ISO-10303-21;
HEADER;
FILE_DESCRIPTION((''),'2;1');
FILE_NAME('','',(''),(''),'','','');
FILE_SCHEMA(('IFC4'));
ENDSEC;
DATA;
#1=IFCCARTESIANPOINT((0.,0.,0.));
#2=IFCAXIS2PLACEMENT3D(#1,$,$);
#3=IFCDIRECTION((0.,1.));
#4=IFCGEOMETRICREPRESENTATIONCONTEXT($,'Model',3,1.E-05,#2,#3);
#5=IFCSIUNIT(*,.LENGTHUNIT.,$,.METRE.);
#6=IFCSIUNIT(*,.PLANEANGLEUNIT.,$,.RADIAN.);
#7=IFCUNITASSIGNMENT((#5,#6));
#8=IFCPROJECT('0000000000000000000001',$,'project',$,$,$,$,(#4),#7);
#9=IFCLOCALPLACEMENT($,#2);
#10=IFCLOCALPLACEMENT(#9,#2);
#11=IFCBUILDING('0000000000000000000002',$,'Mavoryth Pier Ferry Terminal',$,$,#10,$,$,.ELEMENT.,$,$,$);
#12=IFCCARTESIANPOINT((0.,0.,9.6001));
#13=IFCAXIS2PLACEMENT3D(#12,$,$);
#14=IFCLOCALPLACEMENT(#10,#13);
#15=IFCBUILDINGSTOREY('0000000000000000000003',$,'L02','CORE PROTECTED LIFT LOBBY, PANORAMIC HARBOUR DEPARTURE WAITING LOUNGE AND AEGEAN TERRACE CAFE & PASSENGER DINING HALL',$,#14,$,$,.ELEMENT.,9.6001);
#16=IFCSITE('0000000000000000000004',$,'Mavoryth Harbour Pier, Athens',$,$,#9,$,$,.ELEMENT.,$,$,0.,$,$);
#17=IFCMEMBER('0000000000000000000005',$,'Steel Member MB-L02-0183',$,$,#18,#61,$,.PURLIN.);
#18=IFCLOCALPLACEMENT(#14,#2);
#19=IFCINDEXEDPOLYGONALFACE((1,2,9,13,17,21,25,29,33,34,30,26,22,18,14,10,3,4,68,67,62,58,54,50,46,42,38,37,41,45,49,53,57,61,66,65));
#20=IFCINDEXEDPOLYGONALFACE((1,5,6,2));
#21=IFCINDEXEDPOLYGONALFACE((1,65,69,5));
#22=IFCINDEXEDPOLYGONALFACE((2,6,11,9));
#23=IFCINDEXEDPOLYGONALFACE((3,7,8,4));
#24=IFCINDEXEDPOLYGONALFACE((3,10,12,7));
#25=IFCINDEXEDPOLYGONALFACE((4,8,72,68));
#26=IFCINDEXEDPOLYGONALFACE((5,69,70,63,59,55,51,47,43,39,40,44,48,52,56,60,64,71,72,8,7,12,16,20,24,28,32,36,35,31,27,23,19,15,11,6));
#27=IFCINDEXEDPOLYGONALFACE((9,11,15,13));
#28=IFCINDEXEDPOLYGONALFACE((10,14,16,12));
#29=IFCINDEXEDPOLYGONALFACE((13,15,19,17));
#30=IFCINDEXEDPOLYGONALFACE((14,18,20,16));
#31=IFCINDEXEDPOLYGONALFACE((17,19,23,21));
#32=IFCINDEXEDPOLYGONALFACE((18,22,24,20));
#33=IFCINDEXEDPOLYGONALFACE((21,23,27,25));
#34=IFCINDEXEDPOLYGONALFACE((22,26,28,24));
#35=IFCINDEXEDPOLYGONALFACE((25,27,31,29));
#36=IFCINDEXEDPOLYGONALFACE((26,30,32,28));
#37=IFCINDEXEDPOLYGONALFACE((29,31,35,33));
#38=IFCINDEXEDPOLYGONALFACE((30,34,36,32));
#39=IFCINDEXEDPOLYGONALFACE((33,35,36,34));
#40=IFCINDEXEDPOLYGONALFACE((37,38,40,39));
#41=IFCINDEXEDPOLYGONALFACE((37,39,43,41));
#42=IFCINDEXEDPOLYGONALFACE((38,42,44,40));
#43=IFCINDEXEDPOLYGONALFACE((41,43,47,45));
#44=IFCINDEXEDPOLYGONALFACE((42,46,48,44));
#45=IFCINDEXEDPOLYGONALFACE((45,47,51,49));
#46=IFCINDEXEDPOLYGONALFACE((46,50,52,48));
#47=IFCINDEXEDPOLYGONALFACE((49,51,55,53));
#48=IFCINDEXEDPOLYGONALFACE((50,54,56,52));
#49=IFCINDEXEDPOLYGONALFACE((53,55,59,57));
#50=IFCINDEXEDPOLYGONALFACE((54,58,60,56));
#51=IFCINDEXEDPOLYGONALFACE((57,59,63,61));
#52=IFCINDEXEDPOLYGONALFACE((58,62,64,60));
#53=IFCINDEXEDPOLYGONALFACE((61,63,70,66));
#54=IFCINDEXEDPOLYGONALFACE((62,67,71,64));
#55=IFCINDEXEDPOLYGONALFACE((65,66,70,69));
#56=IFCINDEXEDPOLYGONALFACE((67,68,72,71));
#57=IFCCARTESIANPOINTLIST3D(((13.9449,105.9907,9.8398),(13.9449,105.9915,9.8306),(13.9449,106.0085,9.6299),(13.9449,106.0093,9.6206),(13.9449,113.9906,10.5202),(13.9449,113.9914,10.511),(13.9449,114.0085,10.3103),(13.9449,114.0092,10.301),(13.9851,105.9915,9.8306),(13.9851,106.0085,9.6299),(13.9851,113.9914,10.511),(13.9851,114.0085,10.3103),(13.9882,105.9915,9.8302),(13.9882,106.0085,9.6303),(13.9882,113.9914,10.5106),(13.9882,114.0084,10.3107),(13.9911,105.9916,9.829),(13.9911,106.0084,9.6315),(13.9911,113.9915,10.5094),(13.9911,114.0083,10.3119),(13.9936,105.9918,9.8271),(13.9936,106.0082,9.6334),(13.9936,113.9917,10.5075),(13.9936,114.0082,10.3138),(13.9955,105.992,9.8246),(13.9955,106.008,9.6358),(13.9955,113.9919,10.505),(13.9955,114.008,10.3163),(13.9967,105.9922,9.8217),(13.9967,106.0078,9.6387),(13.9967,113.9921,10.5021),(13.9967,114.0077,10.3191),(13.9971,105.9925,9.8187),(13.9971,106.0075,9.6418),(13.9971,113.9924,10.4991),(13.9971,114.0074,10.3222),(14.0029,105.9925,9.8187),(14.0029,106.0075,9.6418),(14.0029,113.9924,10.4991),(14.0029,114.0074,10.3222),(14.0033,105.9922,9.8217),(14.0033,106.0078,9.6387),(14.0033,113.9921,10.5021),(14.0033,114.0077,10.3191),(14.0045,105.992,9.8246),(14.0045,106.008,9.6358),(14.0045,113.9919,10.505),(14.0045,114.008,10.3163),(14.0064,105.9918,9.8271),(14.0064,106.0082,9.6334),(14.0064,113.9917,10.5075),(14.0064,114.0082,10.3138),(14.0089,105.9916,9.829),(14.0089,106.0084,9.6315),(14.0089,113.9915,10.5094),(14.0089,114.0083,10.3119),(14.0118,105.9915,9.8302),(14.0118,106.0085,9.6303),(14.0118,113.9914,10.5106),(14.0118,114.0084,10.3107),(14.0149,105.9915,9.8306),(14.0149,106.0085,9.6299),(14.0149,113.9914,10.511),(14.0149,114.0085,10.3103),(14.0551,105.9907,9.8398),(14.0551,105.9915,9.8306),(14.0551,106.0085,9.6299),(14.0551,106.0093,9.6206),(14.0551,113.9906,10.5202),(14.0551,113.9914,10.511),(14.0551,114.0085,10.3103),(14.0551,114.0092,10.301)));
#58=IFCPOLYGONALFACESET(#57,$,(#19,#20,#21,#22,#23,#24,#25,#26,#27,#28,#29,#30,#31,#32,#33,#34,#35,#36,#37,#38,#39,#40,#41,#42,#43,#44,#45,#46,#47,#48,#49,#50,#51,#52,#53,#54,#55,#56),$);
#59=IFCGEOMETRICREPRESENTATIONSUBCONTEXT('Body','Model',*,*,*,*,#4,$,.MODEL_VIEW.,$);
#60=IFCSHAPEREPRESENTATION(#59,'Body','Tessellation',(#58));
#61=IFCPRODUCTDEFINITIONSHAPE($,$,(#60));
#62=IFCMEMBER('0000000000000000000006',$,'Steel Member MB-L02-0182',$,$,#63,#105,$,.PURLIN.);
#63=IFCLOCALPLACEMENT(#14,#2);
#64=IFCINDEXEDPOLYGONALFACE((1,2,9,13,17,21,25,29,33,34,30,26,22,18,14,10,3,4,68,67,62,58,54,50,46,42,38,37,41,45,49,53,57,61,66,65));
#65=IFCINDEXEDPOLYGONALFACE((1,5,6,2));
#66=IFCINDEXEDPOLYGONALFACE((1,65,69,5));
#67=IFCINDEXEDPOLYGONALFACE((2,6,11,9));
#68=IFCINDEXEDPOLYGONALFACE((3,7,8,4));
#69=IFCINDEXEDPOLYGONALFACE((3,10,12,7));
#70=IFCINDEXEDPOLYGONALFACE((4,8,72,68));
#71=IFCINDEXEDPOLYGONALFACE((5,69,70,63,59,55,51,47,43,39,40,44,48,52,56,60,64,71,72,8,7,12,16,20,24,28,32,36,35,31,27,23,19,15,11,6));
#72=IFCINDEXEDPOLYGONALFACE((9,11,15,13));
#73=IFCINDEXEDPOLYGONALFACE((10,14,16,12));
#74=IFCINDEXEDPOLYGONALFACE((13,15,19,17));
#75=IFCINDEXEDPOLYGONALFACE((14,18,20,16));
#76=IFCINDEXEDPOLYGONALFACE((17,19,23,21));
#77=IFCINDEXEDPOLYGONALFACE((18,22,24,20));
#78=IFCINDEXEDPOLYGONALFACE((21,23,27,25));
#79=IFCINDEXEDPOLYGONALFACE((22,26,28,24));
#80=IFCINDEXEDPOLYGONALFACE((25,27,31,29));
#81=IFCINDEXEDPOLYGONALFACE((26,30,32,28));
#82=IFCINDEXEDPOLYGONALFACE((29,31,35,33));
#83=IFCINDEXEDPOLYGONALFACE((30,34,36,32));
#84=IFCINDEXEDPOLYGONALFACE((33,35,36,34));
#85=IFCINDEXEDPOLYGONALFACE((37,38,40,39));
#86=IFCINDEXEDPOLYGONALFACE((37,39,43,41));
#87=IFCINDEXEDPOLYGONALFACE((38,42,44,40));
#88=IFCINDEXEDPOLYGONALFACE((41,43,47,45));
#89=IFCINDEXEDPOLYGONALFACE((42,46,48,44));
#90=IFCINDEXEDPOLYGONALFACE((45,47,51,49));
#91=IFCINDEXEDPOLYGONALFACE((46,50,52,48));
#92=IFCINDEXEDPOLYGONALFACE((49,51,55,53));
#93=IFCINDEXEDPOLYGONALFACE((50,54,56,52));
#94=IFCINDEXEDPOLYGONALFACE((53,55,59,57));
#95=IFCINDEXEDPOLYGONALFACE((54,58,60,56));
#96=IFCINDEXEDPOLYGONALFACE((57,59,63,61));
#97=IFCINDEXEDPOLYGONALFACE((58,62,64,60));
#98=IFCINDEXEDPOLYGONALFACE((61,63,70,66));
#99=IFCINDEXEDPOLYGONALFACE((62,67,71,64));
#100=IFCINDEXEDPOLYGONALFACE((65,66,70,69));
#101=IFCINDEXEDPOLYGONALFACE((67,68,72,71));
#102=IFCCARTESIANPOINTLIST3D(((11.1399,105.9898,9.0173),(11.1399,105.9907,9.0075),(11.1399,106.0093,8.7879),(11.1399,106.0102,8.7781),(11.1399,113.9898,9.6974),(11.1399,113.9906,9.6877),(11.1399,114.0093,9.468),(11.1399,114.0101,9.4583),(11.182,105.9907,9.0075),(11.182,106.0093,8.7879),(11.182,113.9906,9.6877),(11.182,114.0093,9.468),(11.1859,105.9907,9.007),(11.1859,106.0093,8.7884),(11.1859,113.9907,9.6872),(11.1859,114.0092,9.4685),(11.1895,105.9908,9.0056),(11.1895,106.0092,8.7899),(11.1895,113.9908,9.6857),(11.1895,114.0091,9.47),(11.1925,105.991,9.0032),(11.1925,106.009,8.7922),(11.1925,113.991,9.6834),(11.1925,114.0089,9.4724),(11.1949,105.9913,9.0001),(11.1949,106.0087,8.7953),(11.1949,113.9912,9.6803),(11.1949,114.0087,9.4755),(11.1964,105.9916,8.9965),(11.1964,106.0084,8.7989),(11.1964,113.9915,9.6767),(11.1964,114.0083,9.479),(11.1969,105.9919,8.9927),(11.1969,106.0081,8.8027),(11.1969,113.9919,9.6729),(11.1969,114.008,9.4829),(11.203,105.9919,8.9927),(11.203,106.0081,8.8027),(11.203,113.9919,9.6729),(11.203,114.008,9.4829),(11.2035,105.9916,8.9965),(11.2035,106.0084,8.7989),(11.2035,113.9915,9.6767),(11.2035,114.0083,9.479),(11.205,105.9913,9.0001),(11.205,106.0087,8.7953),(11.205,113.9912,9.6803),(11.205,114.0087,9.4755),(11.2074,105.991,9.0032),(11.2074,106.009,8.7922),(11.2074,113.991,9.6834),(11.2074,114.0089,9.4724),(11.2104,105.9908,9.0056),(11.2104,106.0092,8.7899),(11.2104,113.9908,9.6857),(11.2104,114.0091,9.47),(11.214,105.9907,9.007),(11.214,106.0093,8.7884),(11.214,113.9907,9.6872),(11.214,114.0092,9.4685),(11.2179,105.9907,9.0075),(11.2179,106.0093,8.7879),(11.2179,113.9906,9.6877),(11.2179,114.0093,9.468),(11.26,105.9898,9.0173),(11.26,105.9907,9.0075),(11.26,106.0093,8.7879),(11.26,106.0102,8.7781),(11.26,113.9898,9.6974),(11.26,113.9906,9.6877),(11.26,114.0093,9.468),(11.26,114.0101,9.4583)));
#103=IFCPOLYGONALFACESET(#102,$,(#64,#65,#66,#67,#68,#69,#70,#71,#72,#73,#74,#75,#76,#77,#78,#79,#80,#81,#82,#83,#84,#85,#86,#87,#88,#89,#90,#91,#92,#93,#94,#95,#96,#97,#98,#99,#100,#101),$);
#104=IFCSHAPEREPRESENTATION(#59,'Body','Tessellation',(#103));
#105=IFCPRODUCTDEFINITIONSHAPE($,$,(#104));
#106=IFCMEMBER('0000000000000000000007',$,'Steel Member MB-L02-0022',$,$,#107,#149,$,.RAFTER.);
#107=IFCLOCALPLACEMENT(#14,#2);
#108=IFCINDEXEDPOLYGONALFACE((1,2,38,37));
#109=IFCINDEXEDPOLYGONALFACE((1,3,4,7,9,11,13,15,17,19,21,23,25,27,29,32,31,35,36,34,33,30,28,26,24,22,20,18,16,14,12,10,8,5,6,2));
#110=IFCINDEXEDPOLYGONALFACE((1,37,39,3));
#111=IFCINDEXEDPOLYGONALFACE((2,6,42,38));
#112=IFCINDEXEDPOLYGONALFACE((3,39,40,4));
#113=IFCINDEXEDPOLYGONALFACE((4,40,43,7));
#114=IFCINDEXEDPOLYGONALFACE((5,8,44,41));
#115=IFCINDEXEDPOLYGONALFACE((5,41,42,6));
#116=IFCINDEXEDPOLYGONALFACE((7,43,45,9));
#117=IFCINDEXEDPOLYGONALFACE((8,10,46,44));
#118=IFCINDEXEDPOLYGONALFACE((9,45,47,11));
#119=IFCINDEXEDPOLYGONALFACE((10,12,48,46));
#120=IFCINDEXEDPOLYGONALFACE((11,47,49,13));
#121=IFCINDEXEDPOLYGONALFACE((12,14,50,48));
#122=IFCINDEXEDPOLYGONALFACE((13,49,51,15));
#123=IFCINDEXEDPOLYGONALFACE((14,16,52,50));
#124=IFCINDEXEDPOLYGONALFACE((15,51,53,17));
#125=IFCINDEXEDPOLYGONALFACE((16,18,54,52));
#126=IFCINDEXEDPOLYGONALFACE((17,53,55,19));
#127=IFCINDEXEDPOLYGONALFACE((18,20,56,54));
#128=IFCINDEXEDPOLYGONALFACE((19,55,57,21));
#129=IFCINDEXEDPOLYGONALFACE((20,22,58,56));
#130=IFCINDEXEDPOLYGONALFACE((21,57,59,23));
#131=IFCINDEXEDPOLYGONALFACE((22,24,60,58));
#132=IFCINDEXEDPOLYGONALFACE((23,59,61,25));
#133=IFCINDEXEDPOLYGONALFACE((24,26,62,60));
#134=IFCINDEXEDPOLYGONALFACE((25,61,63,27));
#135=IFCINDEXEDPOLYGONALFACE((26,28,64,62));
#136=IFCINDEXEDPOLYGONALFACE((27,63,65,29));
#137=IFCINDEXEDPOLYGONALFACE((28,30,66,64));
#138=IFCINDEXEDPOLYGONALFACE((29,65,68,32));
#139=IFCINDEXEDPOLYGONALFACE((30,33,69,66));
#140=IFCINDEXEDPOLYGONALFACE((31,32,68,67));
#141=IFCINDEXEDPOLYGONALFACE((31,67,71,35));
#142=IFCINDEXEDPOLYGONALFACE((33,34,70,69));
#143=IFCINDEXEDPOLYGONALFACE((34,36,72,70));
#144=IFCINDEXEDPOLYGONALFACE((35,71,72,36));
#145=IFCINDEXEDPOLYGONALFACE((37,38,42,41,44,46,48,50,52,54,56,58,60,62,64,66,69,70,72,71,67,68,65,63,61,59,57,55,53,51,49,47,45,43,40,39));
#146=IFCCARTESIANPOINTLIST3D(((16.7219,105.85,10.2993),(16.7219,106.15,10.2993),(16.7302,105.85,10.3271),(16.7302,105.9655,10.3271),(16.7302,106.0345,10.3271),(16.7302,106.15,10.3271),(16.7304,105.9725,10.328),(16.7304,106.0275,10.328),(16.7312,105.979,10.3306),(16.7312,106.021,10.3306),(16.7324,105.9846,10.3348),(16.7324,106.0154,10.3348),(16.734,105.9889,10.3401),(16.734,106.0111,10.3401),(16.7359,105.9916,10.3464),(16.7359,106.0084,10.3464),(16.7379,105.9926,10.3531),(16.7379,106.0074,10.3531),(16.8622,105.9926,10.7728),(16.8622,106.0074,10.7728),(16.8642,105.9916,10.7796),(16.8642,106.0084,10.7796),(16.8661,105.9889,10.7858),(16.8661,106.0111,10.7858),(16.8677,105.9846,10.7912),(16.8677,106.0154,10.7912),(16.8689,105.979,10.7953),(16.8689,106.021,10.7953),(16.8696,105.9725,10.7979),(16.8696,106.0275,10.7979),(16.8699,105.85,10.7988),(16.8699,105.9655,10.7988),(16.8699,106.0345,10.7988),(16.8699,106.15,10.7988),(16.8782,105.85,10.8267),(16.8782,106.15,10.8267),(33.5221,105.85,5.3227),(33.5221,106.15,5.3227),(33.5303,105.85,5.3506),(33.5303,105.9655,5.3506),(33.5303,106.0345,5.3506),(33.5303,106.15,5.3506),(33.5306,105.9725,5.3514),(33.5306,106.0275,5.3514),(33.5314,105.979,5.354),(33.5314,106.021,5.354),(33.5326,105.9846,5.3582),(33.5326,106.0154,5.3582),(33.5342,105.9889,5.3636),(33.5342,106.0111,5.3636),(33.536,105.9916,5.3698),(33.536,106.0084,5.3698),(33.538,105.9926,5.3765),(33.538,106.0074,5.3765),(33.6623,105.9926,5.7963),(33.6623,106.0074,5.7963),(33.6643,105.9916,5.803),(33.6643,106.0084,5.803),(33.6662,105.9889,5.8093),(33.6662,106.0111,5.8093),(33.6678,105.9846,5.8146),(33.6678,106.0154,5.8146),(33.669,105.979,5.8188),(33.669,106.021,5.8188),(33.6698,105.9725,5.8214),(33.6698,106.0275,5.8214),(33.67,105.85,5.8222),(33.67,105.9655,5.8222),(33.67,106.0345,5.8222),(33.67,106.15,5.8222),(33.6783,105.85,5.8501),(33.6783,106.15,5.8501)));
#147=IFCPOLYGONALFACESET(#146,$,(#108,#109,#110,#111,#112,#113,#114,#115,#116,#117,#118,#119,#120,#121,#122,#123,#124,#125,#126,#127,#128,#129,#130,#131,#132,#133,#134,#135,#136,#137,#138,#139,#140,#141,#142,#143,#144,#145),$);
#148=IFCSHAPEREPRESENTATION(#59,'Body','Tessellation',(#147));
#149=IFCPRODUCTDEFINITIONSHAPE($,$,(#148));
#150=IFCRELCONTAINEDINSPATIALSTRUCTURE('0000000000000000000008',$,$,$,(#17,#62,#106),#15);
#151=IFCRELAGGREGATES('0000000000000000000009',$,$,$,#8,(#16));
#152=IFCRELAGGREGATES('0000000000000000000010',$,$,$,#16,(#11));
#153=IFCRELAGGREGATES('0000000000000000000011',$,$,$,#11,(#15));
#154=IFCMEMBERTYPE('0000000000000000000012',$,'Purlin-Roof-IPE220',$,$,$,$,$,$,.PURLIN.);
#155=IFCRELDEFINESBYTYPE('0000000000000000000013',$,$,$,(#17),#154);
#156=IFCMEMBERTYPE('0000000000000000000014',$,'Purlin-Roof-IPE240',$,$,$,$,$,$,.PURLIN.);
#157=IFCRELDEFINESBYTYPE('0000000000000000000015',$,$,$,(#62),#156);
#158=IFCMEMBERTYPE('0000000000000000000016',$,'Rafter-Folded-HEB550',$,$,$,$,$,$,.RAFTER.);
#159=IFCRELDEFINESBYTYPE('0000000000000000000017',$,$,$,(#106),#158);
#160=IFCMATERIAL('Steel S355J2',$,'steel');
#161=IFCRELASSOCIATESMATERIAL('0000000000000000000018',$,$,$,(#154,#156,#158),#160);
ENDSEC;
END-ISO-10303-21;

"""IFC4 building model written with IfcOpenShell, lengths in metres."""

from ifc_helpers import new_model, si_unit, direction, frame, origin, origin_2d, place, context, subcontext, project, spatial, i_section, extrude, material, material_profile, profile_set, type_object, element, save


model = new_model("IFC4")

# Units and contexts
model_context = context("Model", 3, precision=1e-05, world=origin(), true_north=direction((0.0, 1.0)))
body_context = subcontext(model_context, "Body", "Model", "MODEL_VIEW")
ifc_project = project(units=[si_unit("LENGTHUNIT", "METRE"), si_unit("PLANEANGLEUNIT", "RADIAN")], contexts=[model_context])

# Site, building, storey
site_placement = place(None, origin())
site = spatial("IfcSite", under=ifc_project, at=site_placement, Name="Mavoryth Harbour Pier, Athens", CompositionType="ELEMENT", RefElevation=0.0)
building_placement = place(site_placement, origin())
building = spatial("IfcBuilding", under=site, at=building_placement, Name="Mavoryth Pier Ferry Terminal", CompositionType="ELEMENT")
storey_placement = place(building_placement, frame((0.0, 0.0, 9.6001)))
storey = spatial("IfcBuildingStorey", under=building, at=storey_placement, Name="L02", Description="CORE PROTECTED LIFT LOBBY, PANORAMIC HARBOUR DEPARTURE WAITING LOUNGE AND AEGEAN TERRACE CAFE & PASSENGER DINING HALL", CompositionType="ELEMENT", Elevation=9.6001)

# Shared definitions
ifc_material_1 = material(Name="Steel S355J2", Category="steel")

# Members
ifc_material_profile_1 = material_profile(ifc_material_1, i_section(OverallWidth=0.1101, OverallDepth=0.22, WebThickness=0.0059, FlangeThickness=0.0093, FilletRadius=0.012, at=origin_2d()), Name="IPE 220", Category="steel")
ifc_profile_set_1 = profile_set([ifc_material_profile_1], Name="Steel S355J2 - IPE 220")
member_type_1 = type_object("IfcMemberType", Name="Purlin-Roof-IPE220", PredefinedType="PURLIN", material=ifc_profile_set_1)
member_1_placement = place(storey_placement, frame((14.0, 106.0, 9.7302), z_axis=(0.0, 0.996403, 0.084747), x_axis=(-1.0, 0.0, 0.0)))
element("IfcMember", 1, at=member_1_placement, inside=storey, type_object=member_type_1, Name="Steel Member MB-L02-0183", PredefinedType="PURLIN", context=body_context, shape_type="SweptSolid", body=[
    extrude(i_section(OverallWidth=0.1101, OverallDepth=0.22, WebThickness=0.0059, FlangeThickness=0.0093, FilletRadius=0.012, at=origin_2d()), origin(), (0.0, 0.0, 1.0), 8.0288),
])
ifc_material_profile_2 = material_profile(ifc_material_1, i_section(OverallWidth=0.1201, OverallDepth=0.24, WebThickness=0.0061, FlangeThickness=0.0098, FilletRadius=0.0149, at=origin_2d()), Name="IPE 240", Category="steel")
ifc_profile_set_2 = profile_set([ifc_material_profile_2], Name="Steel S355J2 - IPE 240")
member_type_2 = type_object("IfcMemberType", Name="Purlin-Roof-IPE240", PredefinedType="PURLIN", material=ifc_profile_set_2)
member_2_placement = place(storey_placement, frame((11.2, 106.0, 8.8977), z_axis=(0.0, 0.996405, 0.084716), x_axis=(-1.0, 0.0, 0.0)))
element("IfcMember", 2, at=member_2_placement, inside=storey, type_object=member_type_2, Name="Steel Member MB-L02-0182", PredefinedType="PURLIN", context=body_context, shape_type="SweptSolid", body=[
    extrude(i_section(OverallWidth=0.1201, OverallDepth=0.24, WebThickness=0.0061, FlangeThickness=0.0098, FilletRadius=0.0149, at=origin_2d()), origin(), (0.0, 0.0, 1.0), 8.0288),
])
ifc_material_profile_3 = material_profile(ifc_material_1, i_section(OverallWidth=0.3, OverallDepth=0.55, WebThickness=0.0149, FlangeThickness=0.0291, FilletRadius=0.0271, at=origin_2d()), Name="HEB 550", Category="steel")
ifc_profile_set_3 = profile_set([ifc_material_profile_3], Name="Steel S355J2 - HEB 550")
member_type_3 = type_object("IfcMemberType", Name="Rafter-Folded-HEB550", PredefinedType="RAFTER", material=ifc_profile_set_3)
member_3_placement = place(storey_placement, frame((16.8, 106.0, 10.563), z_axis=(0.958817, 0.0, -0.284024), x_axis=(0.0, 1.0, 0.0)))
element("IfcMember", 3, at=member_3_placement, inside=storey, type_object=member_type_3, Name="Steel Member MB-L02-0022", PredefinedType="RAFTER", context=body_context, shape_type="SweptSolid", body=[
    extrude(i_section(OverallWidth=0.3, OverallDepth=0.55, WebThickness=0.0149, FlangeThickness=0.0291, FilletRadius=0.0271, at=origin_2d()), origin(), (0.0, 0.0, 1.0), 17.5217),
])

save(model, "model.ifc")
